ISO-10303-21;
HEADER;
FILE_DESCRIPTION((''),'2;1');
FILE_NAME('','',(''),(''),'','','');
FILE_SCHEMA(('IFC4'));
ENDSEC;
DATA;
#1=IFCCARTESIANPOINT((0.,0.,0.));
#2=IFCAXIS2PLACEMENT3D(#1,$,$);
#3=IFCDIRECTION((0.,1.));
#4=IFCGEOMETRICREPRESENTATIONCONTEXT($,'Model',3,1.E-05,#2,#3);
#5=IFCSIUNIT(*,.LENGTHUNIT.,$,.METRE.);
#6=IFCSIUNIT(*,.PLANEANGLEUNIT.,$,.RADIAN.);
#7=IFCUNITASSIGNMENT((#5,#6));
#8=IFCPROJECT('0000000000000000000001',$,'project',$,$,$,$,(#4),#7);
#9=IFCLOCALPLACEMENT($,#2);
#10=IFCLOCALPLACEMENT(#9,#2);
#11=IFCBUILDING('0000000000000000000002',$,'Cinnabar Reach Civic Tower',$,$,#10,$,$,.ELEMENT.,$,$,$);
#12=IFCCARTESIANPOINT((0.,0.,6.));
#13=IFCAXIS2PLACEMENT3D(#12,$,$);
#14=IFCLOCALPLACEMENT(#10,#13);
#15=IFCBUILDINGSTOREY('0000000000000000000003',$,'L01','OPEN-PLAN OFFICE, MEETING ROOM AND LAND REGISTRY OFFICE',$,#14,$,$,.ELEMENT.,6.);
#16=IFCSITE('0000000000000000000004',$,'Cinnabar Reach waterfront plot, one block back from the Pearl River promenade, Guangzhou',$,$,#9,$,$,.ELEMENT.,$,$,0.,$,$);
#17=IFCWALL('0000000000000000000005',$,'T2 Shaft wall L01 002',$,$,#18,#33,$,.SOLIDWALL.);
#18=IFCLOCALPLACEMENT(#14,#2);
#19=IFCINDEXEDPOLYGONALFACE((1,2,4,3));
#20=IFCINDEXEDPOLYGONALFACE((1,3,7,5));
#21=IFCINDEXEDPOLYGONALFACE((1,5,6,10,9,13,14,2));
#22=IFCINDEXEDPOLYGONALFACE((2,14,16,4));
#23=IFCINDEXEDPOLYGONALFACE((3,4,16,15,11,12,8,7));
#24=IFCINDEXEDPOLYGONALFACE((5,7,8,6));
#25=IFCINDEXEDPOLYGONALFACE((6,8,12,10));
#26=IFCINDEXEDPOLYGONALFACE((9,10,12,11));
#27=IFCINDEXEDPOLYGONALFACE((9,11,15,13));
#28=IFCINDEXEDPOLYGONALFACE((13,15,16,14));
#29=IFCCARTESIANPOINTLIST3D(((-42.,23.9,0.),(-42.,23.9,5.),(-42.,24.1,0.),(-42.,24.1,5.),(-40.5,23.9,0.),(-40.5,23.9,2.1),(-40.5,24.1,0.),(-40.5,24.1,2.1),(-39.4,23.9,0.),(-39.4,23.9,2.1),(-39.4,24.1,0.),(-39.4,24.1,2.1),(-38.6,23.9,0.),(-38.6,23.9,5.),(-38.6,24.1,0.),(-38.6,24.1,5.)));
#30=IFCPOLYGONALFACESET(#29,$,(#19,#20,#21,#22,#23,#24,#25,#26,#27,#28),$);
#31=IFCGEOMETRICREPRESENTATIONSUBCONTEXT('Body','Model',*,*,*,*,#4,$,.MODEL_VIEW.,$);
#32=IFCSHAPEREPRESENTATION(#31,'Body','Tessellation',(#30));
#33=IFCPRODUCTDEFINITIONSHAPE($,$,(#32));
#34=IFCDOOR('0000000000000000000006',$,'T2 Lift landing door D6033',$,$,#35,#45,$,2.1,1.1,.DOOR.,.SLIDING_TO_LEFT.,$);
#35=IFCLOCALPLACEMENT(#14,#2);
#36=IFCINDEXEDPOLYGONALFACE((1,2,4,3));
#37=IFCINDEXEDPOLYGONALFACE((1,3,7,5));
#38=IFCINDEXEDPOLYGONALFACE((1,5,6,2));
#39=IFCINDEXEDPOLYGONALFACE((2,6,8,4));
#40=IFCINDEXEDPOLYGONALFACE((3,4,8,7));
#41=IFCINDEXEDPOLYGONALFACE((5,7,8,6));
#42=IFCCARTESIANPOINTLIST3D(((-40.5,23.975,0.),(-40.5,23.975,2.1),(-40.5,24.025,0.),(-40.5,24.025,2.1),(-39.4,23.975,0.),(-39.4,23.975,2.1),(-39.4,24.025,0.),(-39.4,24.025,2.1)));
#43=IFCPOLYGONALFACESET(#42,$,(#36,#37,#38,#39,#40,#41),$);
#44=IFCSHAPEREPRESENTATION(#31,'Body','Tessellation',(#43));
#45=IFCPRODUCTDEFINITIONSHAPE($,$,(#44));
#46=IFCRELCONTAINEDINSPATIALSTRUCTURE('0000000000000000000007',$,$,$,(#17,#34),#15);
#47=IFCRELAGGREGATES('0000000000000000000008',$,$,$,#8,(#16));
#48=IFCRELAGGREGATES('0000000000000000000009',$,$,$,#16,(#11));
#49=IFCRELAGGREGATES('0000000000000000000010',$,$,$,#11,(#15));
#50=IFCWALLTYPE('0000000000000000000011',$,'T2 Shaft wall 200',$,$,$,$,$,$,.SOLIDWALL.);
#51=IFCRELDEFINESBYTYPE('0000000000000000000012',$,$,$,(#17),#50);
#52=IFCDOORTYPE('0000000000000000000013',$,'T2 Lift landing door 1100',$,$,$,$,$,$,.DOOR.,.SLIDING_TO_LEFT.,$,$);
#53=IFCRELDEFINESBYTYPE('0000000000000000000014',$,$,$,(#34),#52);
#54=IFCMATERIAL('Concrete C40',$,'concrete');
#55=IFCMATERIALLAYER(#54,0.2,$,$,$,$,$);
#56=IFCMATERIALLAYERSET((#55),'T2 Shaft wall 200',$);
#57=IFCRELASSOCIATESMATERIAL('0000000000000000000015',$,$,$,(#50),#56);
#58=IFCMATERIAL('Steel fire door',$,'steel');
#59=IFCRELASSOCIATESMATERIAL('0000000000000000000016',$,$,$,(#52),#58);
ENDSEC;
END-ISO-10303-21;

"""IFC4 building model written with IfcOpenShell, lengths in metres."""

from ifc_helpers import new_model, si_unit, direction, frame, frame_2d, origin, place, context, subcontext, project, spatial, rectangle, extrude, material, layer, layer_set, type_object, element, fill, save


model = new_model("IFC4")

# Units and contexts
model_context = context("Model", 3, precision=1e-05, world=origin(), true_north=direction((0.0, 1.0)))
body_context = subcontext(model_context, "Body", "Model", "MODEL_VIEW")
ifc_project = project(units=[si_unit("LENGTHUNIT", "METRE"), si_unit("PLANEANGLEUNIT", "RADIAN")], contexts=[model_context])

# Site, building, storey
site_placement = place(None, origin())
site = spatial("IfcSite", under=ifc_project, at=site_placement, Name="Cinnabar Reach waterfront plot, one block back from the Pearl River promenade, Guangzhou", CompositionType="ELEMENT", RefElevation=0.0)
building_placement = place(site_placement, origin())
building = spatial("IfcBuilding", under=site, at=building_placement, Name="Cinnabar Reach Civic Tower", CompositionType="ELEMENT")
storey_placement = place(building_placement, frame((0.0, 0.0, 6.0)))
storey = spatial("IfcBuildingStorey", under=building, at=storey_placement, Name="L01", Description="OPEN-PLAN OFFICE, MEETING ROOM AND LAND REGISTRY OFFICE", CompositionType="ELEMENT", Elevation=6.0)

# Shared definitions
ifc_material_1 = material(Name="Concrete C40", Category="concrete")
ifc_layer_1 = layer(ifc_material_1, 0.2)
ifc_layer_set_1 = layer_set([ifc_layer_1], Name="T2 Shaft wall 200")
wall_type_1 = type_object("IfcWallType", Name="T2 Shaft wall 200", PredefinedType="SOLIDWALL", material=ifc_layer_set_1)

# Wall, opening, door
wall_1_placement = place(storey_placement, frame((-38.6, 24.0, 0.0), z_axis=(0.0, 0.0, 1.0), x_axis=(-1.0, 0.0, 0.0)))
wall_1 = element("IfcWall", 1, at=wall_1_placement, inside=storey, type_object=wall_type_1, Name="T2 Shaft wall L01 002", PredefinedType="SOLIDWALL", context=body_context, shape_type="SweptSolid", body=[
    extrude(rectangle(XDim=3.4, YDim=0.2, at=frame_2d((1.7, 0.0))), origin(), (0.0, 0.0, 1.0), 5.0),
])
opening_1_placement = place(wall_1_placement, frame((0.8, 0.0, 0.0)))
opening_1 = element("IfcOpeningElement", 2, at=opening_1_placement, cuts=wall_1, PredefinedType="OPENING", context=body_context, shape_type="SweptSolid", body=[
    extrude(rectangle(XDim=1.1, YDim=2.1, at=frame_2d((0.55, 1.05))), frame((0.0, 0.11, 0.0), z_axis=(0.0, -1.0, 0.0), x_axis=(1.0, 0.0, 0.0)), (0.0, 0.0, 1.0), 0.22),
])
ifc_material_2 = material(Name="Steel fire door", Category="steel")
door_type_1 = type_object("IfcDoorType", Name="T2 Lift landing door 1100", OperationType="SLIDING_TO_LEFT", PredefinedType="DOOR", material=ifc_material_2)
door_1_placement = place(opening_1_placement, origin())
door_1 = element("IfcDoor", 3, at=door_1_placement, inside=storey, type_object=door_type_1, Name="T2 Lift landing door D6033", OperationType="SLIDING_TO_LEFT", OverallHeight=2.1, OverallWidth=1.1, PredefinedType="DOOR", context=body_context, shape_type="SweptSolid", body=[
    extrude(rectangle(XDim=1.1, YDim=2.1, at=frame_2d((0.55, 1.05))), frame((0.0, 0.025, 0.0), z_axis=(0.0, -1.0, 0.0), x_axis=(1.0, 0.0, 0.0)), (0.0, 0.0, 1.0), 0.05),
])
fill(opening_1, door_1)

save(model, "model.ifc")
